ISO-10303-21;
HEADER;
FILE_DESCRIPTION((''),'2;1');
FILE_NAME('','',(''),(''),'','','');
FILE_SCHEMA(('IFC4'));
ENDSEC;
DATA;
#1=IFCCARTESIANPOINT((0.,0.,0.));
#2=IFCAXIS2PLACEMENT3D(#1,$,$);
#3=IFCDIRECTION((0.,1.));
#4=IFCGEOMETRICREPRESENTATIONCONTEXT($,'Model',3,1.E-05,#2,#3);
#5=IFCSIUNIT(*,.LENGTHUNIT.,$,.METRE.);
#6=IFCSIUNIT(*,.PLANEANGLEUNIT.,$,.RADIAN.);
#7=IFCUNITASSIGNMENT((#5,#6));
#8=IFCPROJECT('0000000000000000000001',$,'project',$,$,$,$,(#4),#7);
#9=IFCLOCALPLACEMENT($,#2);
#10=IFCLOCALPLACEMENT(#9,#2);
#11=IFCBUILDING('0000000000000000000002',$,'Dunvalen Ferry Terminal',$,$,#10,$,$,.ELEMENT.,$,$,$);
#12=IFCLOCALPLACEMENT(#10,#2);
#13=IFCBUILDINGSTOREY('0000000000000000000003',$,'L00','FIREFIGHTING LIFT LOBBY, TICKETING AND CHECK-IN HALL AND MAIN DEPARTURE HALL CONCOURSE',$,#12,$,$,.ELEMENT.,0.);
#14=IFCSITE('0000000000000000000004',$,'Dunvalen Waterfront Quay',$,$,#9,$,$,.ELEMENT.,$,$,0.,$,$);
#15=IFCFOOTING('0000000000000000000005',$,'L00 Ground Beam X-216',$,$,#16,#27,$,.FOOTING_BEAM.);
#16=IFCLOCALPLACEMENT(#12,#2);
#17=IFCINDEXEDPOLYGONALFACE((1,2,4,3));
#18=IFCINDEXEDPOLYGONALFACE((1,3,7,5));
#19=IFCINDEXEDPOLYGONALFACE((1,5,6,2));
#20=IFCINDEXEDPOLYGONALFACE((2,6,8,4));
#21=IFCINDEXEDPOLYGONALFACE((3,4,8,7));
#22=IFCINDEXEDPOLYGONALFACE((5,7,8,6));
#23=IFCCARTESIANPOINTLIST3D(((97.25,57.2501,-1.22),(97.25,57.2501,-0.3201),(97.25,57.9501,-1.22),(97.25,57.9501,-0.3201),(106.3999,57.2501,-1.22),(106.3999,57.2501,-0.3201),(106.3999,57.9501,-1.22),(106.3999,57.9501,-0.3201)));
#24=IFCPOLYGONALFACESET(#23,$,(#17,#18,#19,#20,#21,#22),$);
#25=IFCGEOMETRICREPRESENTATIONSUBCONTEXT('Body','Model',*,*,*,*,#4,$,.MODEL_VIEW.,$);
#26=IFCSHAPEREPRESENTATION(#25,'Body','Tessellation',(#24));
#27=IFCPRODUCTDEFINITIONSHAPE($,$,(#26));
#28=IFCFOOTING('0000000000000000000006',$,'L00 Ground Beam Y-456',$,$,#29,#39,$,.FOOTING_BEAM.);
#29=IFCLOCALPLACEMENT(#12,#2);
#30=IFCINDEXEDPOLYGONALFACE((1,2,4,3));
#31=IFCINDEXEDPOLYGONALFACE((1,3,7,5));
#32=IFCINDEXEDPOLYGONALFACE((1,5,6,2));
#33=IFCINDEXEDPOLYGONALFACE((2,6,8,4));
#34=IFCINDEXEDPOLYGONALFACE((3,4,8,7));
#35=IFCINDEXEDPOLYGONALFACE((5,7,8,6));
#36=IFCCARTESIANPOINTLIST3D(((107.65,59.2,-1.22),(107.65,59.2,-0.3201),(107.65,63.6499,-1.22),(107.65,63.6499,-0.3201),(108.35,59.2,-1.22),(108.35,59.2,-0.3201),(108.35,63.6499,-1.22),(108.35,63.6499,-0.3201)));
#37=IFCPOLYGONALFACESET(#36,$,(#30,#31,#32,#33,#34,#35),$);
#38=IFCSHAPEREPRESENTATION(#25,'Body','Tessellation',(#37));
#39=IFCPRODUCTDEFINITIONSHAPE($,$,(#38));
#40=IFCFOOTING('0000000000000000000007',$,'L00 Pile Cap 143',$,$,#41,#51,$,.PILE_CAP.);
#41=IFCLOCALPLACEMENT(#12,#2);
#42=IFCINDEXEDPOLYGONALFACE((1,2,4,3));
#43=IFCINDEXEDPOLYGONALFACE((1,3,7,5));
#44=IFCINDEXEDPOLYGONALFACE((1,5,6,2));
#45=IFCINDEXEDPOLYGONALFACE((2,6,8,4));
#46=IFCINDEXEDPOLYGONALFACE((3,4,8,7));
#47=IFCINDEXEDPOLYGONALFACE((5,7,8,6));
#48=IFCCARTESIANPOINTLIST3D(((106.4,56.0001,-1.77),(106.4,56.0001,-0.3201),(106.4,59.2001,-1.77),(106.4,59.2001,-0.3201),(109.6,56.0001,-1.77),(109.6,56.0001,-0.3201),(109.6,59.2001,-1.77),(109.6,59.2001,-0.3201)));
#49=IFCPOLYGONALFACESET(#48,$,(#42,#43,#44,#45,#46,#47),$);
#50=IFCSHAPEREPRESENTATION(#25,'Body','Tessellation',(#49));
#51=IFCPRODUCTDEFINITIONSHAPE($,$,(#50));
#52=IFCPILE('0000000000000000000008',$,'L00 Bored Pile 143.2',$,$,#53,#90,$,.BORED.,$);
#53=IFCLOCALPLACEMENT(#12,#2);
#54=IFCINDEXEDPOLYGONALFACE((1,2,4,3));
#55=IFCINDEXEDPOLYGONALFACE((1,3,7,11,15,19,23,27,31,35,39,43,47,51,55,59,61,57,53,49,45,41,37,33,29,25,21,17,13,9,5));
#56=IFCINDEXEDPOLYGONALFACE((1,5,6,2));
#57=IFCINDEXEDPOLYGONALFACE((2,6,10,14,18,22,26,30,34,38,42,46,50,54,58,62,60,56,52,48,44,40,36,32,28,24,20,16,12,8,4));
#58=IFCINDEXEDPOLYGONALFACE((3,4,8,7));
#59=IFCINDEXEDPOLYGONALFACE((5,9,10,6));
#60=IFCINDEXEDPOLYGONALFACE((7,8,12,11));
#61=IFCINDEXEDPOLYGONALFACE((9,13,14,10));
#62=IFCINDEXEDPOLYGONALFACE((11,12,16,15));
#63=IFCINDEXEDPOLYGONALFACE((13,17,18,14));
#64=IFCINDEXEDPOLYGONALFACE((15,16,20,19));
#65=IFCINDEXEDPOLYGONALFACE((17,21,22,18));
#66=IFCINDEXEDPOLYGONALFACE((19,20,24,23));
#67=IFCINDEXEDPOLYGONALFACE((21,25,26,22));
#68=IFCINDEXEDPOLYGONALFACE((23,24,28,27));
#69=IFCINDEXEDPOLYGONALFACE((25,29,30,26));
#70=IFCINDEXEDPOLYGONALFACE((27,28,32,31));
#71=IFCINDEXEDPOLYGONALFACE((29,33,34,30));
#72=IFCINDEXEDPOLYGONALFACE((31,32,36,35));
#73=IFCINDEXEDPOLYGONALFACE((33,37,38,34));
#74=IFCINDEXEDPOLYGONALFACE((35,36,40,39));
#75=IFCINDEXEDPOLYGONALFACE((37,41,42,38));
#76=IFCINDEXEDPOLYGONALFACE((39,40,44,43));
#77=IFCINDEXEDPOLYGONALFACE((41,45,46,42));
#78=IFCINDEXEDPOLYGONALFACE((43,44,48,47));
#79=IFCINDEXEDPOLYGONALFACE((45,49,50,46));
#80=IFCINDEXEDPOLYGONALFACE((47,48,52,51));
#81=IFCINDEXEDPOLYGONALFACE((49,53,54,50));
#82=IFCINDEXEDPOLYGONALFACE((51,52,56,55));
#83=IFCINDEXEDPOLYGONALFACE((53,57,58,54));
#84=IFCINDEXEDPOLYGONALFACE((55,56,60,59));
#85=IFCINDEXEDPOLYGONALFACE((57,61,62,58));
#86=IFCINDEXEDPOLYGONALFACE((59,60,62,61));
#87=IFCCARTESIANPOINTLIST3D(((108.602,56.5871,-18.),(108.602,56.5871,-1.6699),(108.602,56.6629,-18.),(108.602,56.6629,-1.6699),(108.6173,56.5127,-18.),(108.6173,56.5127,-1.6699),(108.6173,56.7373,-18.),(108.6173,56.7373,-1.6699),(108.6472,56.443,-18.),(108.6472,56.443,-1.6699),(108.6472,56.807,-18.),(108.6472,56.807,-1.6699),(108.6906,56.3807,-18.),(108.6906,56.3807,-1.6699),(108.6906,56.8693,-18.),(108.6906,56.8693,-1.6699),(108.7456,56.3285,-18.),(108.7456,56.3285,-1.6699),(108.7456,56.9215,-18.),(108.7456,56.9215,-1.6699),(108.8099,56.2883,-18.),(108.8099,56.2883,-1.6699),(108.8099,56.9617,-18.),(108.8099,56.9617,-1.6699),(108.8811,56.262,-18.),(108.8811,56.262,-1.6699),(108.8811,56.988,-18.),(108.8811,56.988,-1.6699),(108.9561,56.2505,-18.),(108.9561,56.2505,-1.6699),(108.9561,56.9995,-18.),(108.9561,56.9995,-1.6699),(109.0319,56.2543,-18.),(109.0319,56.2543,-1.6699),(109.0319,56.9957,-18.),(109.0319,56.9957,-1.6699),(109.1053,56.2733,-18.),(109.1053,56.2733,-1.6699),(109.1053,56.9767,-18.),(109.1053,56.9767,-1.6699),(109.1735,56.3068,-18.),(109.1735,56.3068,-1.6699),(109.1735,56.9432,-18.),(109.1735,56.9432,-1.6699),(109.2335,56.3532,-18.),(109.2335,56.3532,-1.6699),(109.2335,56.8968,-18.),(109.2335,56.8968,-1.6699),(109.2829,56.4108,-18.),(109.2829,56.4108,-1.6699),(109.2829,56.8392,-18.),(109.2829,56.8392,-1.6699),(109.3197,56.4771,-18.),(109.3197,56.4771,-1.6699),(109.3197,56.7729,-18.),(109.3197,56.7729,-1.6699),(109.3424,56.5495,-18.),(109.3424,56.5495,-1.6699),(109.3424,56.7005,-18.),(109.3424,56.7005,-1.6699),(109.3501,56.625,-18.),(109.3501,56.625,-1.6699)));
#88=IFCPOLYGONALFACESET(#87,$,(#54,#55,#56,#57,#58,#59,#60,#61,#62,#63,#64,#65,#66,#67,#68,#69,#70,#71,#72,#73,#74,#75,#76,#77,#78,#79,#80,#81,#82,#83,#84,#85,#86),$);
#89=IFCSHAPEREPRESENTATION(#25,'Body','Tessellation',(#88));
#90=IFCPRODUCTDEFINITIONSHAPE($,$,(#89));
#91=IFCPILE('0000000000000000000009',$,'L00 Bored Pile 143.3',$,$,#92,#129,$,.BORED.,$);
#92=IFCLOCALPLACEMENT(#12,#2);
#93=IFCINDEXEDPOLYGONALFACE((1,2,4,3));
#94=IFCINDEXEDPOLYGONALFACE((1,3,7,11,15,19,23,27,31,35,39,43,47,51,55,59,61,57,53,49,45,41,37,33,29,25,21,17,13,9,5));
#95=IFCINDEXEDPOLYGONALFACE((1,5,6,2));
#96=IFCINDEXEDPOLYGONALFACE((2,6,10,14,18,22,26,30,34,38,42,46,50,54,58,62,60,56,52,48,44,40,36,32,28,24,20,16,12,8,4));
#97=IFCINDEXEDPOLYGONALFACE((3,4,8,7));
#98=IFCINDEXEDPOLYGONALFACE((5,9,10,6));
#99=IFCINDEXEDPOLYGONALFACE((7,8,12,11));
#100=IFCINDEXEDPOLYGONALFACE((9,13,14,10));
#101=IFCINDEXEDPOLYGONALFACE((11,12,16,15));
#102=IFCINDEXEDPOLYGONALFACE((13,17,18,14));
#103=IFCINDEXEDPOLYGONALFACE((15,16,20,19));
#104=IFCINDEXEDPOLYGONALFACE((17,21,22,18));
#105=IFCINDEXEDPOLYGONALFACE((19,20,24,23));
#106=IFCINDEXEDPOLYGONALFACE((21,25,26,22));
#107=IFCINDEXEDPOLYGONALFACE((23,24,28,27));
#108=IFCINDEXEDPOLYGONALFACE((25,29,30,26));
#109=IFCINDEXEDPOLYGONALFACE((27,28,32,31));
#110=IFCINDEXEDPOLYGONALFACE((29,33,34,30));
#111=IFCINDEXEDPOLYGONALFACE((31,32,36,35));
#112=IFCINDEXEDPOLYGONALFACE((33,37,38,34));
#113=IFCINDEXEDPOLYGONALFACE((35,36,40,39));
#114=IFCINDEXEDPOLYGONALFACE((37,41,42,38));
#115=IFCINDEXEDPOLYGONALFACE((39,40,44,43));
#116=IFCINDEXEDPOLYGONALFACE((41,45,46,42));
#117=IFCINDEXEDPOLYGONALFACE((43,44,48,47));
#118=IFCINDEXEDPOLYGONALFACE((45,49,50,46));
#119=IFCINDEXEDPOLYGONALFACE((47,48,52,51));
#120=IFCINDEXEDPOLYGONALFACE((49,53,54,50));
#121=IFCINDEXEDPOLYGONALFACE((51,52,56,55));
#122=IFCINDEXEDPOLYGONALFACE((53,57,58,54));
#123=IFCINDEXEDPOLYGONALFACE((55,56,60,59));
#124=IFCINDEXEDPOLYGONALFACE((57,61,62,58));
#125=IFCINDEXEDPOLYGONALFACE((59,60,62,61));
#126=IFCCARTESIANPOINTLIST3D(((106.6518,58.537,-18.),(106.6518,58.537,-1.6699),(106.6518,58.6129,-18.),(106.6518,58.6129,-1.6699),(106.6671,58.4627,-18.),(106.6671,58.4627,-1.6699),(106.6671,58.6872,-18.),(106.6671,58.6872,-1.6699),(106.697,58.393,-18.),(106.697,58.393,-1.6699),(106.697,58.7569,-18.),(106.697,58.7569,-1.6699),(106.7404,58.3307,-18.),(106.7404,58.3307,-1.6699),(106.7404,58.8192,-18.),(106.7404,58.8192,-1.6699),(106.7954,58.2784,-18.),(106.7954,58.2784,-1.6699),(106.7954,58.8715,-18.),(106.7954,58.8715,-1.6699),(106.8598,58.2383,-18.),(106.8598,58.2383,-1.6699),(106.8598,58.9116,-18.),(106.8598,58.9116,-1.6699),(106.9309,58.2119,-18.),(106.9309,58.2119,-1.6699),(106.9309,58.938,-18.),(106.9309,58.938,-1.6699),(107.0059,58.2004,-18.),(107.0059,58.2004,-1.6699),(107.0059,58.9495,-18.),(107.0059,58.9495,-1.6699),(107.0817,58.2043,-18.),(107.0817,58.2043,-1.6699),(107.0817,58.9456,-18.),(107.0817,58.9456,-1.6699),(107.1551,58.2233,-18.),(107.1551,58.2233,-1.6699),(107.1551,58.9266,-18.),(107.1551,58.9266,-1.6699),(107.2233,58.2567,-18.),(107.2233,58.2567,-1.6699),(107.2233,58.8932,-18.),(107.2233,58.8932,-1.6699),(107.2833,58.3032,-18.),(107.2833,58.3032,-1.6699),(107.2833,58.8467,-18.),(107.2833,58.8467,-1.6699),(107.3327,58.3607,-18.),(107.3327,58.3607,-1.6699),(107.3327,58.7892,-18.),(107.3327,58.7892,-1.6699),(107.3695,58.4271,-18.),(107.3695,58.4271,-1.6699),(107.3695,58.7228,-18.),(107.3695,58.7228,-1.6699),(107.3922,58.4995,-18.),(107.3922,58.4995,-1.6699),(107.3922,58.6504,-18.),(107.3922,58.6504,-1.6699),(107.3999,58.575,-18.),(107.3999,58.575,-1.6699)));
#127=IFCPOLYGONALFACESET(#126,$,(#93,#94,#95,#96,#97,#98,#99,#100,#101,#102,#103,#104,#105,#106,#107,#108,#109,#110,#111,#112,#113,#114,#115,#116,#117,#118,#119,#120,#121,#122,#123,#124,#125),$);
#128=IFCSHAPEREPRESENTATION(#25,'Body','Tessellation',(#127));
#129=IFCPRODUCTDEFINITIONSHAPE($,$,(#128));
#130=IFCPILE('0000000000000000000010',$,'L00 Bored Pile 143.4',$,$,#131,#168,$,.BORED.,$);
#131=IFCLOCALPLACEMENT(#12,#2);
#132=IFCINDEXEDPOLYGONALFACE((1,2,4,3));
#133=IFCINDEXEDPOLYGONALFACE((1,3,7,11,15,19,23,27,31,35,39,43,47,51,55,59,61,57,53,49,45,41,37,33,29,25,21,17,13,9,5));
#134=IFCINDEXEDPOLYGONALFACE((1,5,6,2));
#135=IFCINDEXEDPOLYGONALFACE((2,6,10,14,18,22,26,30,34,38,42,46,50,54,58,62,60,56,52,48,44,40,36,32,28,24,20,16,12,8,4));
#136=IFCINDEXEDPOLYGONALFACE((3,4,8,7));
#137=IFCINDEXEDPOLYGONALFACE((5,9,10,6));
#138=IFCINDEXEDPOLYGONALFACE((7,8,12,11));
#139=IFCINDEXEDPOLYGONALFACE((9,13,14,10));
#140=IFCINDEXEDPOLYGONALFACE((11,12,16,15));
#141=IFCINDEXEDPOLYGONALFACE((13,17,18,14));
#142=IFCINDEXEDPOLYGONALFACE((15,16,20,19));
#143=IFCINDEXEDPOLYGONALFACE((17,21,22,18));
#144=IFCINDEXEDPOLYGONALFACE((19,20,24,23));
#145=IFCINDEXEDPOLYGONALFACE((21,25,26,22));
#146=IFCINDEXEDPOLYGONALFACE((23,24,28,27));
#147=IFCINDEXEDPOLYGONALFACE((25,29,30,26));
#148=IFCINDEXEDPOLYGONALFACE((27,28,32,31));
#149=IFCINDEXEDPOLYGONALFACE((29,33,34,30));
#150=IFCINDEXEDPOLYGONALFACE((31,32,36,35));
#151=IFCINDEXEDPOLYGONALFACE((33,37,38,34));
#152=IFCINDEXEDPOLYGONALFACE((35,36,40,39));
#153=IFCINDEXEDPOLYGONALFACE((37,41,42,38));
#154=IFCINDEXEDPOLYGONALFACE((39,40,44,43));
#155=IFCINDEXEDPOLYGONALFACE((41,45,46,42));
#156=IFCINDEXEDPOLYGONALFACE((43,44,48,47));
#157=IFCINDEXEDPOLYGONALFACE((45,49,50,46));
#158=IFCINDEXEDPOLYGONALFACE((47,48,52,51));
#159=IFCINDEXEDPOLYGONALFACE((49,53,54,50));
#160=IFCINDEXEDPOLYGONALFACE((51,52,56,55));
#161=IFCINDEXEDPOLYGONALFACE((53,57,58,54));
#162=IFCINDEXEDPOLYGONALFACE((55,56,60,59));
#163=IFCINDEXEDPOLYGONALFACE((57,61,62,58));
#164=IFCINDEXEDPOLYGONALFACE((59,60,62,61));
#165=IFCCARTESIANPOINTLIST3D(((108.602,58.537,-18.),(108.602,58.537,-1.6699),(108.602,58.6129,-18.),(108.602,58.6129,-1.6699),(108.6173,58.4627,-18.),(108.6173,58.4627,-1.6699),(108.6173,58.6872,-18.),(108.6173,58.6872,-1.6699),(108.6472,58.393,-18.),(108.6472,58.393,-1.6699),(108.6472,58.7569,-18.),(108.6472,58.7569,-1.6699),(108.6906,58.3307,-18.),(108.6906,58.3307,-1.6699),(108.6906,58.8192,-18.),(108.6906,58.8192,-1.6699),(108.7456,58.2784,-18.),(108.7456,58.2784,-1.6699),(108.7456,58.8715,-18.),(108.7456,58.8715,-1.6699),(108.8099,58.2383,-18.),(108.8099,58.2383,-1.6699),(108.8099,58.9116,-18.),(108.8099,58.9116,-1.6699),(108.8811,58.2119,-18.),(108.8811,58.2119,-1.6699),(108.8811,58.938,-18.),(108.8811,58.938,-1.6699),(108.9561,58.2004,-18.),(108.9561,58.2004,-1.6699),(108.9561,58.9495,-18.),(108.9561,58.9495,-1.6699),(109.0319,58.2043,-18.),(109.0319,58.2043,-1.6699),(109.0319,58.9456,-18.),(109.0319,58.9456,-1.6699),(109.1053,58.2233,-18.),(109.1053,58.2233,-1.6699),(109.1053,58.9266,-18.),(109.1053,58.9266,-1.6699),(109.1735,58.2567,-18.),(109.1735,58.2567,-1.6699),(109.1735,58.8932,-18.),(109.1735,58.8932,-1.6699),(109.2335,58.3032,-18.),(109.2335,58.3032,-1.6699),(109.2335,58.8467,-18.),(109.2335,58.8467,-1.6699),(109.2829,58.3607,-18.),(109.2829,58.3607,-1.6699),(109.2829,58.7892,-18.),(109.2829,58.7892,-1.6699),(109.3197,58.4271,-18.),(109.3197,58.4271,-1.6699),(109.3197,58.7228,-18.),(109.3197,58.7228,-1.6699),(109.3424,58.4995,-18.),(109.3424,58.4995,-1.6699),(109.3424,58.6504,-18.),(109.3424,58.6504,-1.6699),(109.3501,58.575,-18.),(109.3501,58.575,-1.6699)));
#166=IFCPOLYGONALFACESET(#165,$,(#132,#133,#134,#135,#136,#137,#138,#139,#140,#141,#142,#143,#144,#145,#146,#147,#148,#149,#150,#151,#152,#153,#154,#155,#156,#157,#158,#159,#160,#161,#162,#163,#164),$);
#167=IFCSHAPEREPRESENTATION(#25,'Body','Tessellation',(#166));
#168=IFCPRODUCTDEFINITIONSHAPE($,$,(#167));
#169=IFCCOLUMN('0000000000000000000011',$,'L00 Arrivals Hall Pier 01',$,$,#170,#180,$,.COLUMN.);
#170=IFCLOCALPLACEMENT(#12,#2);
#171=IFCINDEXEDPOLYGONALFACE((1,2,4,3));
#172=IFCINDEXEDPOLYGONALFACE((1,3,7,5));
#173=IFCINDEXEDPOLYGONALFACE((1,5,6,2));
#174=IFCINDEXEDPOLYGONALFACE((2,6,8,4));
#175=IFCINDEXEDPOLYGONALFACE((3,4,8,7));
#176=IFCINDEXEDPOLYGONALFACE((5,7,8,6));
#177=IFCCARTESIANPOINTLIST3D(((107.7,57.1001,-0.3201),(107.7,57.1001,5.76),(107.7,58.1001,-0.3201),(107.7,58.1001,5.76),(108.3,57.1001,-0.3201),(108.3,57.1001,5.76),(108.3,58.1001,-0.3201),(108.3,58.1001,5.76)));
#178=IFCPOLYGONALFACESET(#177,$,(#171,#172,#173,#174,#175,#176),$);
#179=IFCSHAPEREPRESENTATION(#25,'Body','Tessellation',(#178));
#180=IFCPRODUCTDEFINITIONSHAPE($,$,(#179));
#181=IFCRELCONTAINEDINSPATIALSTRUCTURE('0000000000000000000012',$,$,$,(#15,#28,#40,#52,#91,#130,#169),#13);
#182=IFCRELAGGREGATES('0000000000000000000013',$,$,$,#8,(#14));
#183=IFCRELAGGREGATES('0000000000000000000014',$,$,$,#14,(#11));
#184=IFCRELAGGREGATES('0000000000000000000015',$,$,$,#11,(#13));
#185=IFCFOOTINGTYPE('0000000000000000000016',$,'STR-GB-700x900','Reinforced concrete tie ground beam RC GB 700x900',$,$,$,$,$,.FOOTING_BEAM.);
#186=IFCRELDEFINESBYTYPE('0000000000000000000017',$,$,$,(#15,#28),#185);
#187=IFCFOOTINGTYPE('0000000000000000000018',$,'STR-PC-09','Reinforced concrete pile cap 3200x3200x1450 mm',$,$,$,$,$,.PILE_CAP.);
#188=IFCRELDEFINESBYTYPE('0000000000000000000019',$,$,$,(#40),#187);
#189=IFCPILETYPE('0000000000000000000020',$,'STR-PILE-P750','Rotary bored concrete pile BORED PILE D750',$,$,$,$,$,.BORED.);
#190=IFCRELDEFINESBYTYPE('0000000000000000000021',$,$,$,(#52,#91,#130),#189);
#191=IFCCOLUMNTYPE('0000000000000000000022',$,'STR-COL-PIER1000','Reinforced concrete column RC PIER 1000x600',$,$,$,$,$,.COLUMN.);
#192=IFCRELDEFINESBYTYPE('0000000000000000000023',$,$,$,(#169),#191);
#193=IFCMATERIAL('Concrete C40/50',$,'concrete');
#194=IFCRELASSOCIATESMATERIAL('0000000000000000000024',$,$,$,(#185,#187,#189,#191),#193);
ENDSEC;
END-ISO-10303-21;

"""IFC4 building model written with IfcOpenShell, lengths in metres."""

from ifc_helpers import new_model, si_unit, direction, frame, origin, origin_2d, place, context, subcontext, project, spatial, rectangle, circle, extrude, material, material_profile, profile_set, type_object, element, save


model = new_model("IFC4")

# Units and contexts
model_context = context("Model", 3, precision=1e-05, world=origin(), true_north=direction((0.0, 1.0)))
body_context = subcontext(model_context, "Body", "Model", "MODEL_VIEW")
ifc_project = project(units=[si_unit("LENGTHUNIT", "METRE"), si_unit("PLANEANGLEUNIT", "RADIAN")], contexts=[model_context])

# Site, building, storey
site_placement = place(None, origin())
site = spatial("IfcSite", under=ifc_project, at=site_placement, Name="Dunvalen Waterfront Quay", CompositionType="ELEMENT", RefElevation=0.0)
building_placement = place(site_placement, origin())
building = spatial("IfcBuilding", under=site, at=building_placement, Name="Dunvalen Ferry Terminal", CompositionType="ELEMENT")
storey_placement = place(building_placement, origin())
storey = spatial("IfcBuildingStorey", under=building, at=storey_placement, Name="L00", Description="FIREFIGHTING LIFT LOBBY, TICKETING AND CHECK-IN HALL AND MAIN DEPARTURE HALL CONCOURSE", CompositionType="ELEMENT", Elevation=0.0)

# Footings
ifc_material_1 = material(Name="Concrete C40/50", Category="concrete")
ifc_material_profile_1 = material_profile(ifc_material_1, rectangle(XDim=0.7, YDim=0.8999, at=origin_2d()), Name="Concrete C40/50")
ifc_profile_set_1 = profile_set([ifc_material_profile_1], Name="Concrete C40/50")
footing_type_1 = type_object("IfcFootingType", Name="STR-GB-700x900", Description="Reinforced concrete tie ground beam RC GB 700x900", PredefinedType="FOOTING_BEAM", material=ifc_profile_set_1)
footing_1_placement = place(storey_placement, frame((97.25, 57.6001, -0.77), z_axis=(1.0, 0.0, 0.0), x_axis=(0.0, 1.0, 0.0)))
element("IfcFooting", 1, at=footing_1_placement, inside=storey, type_object=footing_type_1, Name="L00 Ground Beam X-216", PredefinedType="FOOTING_BEAM", context=body_context, shape_type="SweptSolid", body=[
    extrude(rectangle(XDim=0.7, YDim=0.8999, at=origin_2d()), origin(), (0.0, 0.0, 1.0), 9.1499),
])
footing_2_placement = place(storey_placement, frame((108.0, 59.2, -0.77), z_axis=(0.0, 1.0, 0.0), x_axis=(-1.0, 0.0, 0.0)))
element("IfcFooting", 2, at=footing_2_placement, inside=storey, type_object=footing_type_1, Name="L00 Ground Beam Y-456", PredefinedType="FOOTING_BEAM", context=body_context, shape_type="SweptSolid", body=[
    extrude(rectangle(XDim=0.7, YDim=0.8999, at=origin_2d()), origin(), (0.0, 0.0, 1.0), 4.45),
])
footing_type_2 = type_object("IfcFootingType", Name="STR-PC-09", Description="Reinforced concrete pile cap 3200x3200x1450 mm", PredefinedType="PILE_CAP", material=ifc_material_1)
footing_3_placement = place(storey_placement, frame((108.0, 57.6001, -1.77), z_axis=(0.0, 0.0, 1.0), x_axis=(1.0, 0.0, 0.0)))
element("IfcFooting", 3, at=footing_3_placement, inside=storey, type_object=footing_type_2, Name="L00 Pile Cap 143", PredefinedType="PILE_CAP", context=body_context, shape_type="SweptSolid", body=[
    extrude(rectangle(XDim=3.2, YDim=3.2, at=origin_2d()), origin(), (0.0, 0.0, 1.0), 1.45),
])

# Piles
ifc_material_profile_2 = material_profile(ifc_material_1, circle(Radius=0.375, at=origin_2d()), Name="Concrete C40/50")
ifc_profile_set_2 = profile_set([ifc_material_profile_2], Name="Concrete C40/50")
pile_type = type_object("IfcPileType", Name="STR-PILE-P750", Description="Rotary bored concrete pile BORED PILE D750", PredefinedType="BORED", material=ifc_profile_set_2)
for number, where, z_axis, x_axis, name in (
    (4, (108.9751, 56.625, -1.6699), (0.0, 0.0, -1.0), (1.0, 0.0, 0.0), "L00 Bored Pile 143.2"),
    (5, (107.0249, 58.575, -1.6699), (0.0, 0.0, -1.0), (1.0, 0.0, 0.0), "L00 Bored Pile 143.3"),
    (6, (108.9751, 58.575, -1.6699), (0.0, 0.0, -1.0), (1.0, 0.0, 0.0), "L00 Bored Pile 143.4"),
):
    element("IfcPile", number, at=place(storey_placement, frame(where, z_axis=z_axis, x_axis=x_axis)), inside=storey, type_object=pile_type, Name=name, PredefinedType="BORED", context=body_context, shape_type="SweptSolid", body=[
        extrude(circle(Radius=0.375, at=origin_2d()), origin(), (0.0, 0.0, 1.0), 16.3301),
    ])

# Column
ifc_material_profile_3 = material_profile(ifc_material_1, rectangle(XDim=0.6001, YDim=1.0, at=origin_2d()), Name="Concrete C40/50")
ifc_profile_set_3 = profile_set([ifc_material_profile_3], Name="Concrete C40/50")
column_type = type_object("IfcColumnType", Name="STR-COL-PIER1000", Description="Reinforced concrete column RC PIER 1000x600", PredefinedType="COLUMN", material=ifc_profile_set_3)
column_placement = place(storey_placement, frame((108.0, 57.6001, -0.3201), z_axis=(0.0, 0.0, 1.0), x_axis=(1.0, 0.0, 0.0)))
element("IfcColumn", 7, at=column_placement, inside=storey, type_object=column_type, Name="L00 Arrivals Hall Pier 01", PredefinedType="COLUMN", context=body_context, shape_type="SweptSolid", body=[
    extrude(rectangle(XDim=0.6001, YDim=1.0, at=origin_2d()), origin(), (0.0, 0.0, 1.0), 6.0801),
])

save(model, "model.ifc")
